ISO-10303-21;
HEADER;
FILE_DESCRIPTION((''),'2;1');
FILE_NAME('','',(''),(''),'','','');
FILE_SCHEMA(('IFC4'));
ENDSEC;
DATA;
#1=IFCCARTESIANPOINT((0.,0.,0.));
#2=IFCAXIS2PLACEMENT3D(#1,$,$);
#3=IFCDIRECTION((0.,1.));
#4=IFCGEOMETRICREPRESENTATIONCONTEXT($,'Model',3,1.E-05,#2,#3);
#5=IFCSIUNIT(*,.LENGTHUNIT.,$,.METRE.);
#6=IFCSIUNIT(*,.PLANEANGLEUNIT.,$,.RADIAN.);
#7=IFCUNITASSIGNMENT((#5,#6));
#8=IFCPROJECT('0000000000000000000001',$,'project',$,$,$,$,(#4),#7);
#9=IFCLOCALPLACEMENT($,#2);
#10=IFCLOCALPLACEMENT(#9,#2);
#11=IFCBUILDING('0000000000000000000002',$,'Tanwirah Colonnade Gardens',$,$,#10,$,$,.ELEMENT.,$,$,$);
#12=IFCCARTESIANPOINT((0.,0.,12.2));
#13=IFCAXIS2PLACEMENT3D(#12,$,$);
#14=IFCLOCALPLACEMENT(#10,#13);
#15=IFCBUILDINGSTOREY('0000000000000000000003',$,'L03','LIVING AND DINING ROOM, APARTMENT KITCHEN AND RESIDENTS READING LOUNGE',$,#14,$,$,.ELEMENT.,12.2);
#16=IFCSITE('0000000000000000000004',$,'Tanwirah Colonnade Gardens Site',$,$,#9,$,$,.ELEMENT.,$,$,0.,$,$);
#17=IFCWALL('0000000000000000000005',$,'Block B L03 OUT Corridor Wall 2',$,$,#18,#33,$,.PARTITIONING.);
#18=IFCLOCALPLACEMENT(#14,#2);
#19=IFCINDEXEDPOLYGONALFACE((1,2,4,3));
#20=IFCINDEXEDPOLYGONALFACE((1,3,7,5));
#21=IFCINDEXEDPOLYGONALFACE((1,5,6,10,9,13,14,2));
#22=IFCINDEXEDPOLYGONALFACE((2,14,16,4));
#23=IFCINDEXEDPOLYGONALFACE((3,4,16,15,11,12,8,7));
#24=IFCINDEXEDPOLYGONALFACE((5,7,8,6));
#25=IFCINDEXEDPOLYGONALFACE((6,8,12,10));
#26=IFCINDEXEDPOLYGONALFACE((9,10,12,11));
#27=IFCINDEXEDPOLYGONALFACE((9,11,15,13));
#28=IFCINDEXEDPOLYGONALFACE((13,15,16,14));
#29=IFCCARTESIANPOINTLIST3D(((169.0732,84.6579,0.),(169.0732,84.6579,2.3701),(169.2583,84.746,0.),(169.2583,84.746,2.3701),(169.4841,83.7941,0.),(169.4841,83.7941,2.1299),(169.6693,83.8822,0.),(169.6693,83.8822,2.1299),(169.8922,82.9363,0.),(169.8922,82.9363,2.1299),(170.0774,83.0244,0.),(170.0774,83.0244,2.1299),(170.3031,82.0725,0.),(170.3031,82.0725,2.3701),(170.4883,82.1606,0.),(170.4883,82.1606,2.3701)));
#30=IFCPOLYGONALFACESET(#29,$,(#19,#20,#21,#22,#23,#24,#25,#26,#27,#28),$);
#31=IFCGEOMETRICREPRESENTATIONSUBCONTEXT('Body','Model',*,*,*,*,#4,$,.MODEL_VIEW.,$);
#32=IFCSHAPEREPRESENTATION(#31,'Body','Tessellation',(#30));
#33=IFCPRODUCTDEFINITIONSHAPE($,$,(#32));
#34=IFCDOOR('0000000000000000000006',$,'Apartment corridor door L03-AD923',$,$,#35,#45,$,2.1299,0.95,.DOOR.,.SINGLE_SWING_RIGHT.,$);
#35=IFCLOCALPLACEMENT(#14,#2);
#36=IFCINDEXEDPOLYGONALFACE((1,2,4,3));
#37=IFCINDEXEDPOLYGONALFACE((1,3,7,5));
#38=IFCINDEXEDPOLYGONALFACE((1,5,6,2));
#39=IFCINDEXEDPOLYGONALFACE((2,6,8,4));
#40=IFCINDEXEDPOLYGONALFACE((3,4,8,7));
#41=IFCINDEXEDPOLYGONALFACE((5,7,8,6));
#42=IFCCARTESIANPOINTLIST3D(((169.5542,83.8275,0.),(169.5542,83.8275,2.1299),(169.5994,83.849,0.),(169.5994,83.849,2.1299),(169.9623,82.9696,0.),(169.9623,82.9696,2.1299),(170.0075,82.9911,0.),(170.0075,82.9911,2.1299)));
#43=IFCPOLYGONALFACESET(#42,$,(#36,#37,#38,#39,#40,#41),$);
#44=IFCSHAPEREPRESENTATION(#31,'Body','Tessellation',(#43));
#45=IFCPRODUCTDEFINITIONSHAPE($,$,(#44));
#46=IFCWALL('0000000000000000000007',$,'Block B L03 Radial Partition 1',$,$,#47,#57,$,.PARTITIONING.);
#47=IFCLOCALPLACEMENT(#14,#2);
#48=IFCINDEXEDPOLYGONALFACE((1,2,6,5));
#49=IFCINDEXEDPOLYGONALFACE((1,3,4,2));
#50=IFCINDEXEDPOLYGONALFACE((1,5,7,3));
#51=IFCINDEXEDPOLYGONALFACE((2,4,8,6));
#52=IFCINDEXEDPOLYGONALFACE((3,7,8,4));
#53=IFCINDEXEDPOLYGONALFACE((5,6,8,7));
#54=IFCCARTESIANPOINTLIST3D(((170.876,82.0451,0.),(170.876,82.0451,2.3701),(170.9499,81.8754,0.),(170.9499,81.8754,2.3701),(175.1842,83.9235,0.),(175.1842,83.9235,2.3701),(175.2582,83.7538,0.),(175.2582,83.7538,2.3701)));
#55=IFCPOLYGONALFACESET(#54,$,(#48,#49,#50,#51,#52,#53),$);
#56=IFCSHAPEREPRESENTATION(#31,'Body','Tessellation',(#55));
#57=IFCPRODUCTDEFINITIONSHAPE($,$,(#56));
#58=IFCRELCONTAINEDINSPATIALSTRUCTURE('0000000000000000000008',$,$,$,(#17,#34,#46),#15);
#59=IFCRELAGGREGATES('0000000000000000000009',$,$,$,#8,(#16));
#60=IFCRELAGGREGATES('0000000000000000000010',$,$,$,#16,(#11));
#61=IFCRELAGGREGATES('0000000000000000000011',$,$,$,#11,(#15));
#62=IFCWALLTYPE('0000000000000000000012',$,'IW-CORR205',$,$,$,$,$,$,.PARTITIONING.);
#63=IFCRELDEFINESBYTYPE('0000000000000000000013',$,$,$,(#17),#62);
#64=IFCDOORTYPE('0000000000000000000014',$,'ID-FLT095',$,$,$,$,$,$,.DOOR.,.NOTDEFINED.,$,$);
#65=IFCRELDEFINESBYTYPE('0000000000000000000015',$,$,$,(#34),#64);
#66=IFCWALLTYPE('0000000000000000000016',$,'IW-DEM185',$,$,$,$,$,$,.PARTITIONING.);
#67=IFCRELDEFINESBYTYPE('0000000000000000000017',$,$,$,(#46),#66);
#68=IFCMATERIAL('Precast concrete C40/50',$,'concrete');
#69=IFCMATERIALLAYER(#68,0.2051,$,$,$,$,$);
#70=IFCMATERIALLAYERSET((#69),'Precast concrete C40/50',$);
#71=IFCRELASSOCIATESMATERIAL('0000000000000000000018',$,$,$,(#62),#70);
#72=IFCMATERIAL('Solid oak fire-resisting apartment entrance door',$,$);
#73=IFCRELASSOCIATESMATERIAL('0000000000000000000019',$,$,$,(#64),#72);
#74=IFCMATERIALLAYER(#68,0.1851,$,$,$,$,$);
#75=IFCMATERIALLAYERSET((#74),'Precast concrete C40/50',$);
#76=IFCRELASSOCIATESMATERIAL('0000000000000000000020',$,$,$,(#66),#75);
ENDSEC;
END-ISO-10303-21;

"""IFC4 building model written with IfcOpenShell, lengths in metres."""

from ifc_helpers import new_model, si_unit, direction, frame, frame_2d, origin, place, context, subcontext, project, spatial, rectangle, extrude, material, layer, layer_set, type_object, element, fill, save


model = new_model("IFC4")

# Units and contexts
model_context = context("Model", 3, precision=1e-05, world=origin(), true_north=direction((0.0, 1.0)))
body_context = subcontext(model_context, "Body", "Model", "MODEL_VIEW")
ifc_project = project(units=[si_unit("LENGTHUNIT", "METRE"), si_unit("PLANEANGLEUNIT", "RADIAN")], contexts=[model_context])

# Site, building, storey
site_placement = place(None, origin())
site = spatial("IfcSite", under=ifc_project, at=site_placement, Name="Tanwirah Colonnade Gardens Site", CompositionType="ELEMENT", RefElevation=0.0)
building_placement = place(site_placement, origin())
building = spatial("IfcBuilding", under=site, at=building_placement, Name="Tanwirah Colonnade Gardens", CompositionType="ELEMENT")
storey_placement = place(building_placement, frame((0.0, 0.0, 12.2)))
storey = spatial("IfcBuildingStorey", under=building, at=storey_placement, Name="L03", Description="LIVING AND DINING ROOM, APARTMENT KITCHEN AND RESIDENTS READING LOUNGE", CompositionType="ELEMENT", Elevation=12.2)

# Shared definitions
ifc_material_1 = material(Name="Precast concrete C40/50", Category="concrete")

# Wall, opening, door
ifc_layer_1 = layer(ifc_material_1, 0.2051)
ifc_layer_set_1 = layer_set([ifc_layer_1], Name="Precast concrete C40/50")
wall_type_1 = type_object("IfcWallType", Name="IW-CORR205", PredefinedType="PARTITIONING", material=ifc_layer_set_1)
wall_1_placement = place(storey_placement, frame((170.3958, 82.1165, 0.0), z_axis=(0.0, 0.0, 1.0), x_axis=(-0.429596, 0.903021, 0.0)))
wall_1 = element("IfcWall", 1, at=wall_1_placement, inside=storey, type_object=wall_type_1, Name="Block B L03 OUT Corridor Wall 2", PredefinedType="PARTITIONING", context=body_context, shape_type="SweptSolid", body=[
    extrude(rectangle(XDim=2.863, YDim=0.2051, at=frame_2d((1.4316, 0.0))), origin(), (0.0, 0.0, 1.0), 2.3701),
])
opening_1_placement = place(wall_1_placement, frame((0.9565, 0.0, 0.0)))
opening_1 = element("IfcOpeningElement", 2, at=opening_1_placement, cuts=wall_1, PredefinedType="OPENING", context=body_context, shape_type="SweptSolid", body=[
    extrude(rectangle(XDim=0.95, YDim=2.1299, at=frame_2d((0.4751, 1.0649))), frame((0.0, 0.1125, 0.0), z_axis=(0.0, -1.0, 0.0), x_axis=(1.0, 0.0, 0.0)), (0.0, 0.0, 1.0), 0.2251),
])
ifc_material_2 = material(Name="Solid oak fire-resisting apartment entrance door")
door_type_1 = type_object("IfcDoorType", Name="ID-FLT095", OperationType="NOTDEFINED", PredefinedType="DOOR", material=ifc_material_2)
door_1_placement = place(opening_1_placement, origin())
door_1 = element("IfcDoor", 3, at=door_1_placement, inside=storey, type_object=door_type_1, Name="Apartment corridor door L03-AD923", OperationType="SINGLE_SWING_RIGHT", OverallHeight=2.1299, OverallWidth=0.95, PredefinedType="DOOR", context=body_context, shape_type="SweptSolid", body=[
    extrude(rectangle(XDim=0.95, YDim=2.1299, at=frame_2d((0.4751, 1.0649))), frame((0.0, 0.0249, 0.0), z_axis=(0.0, -1.0, 0.0), x_axis=(1.0, 0.0, 0.0)), (0.0, 0.0, 1.0), 0.05),
])
fill(opening_1, door_1)

# Wall
ifc_layer_2 = layer(ifc_material_1, 0.1851)
ifc_layer_set_2 = layer_set([ifc_layer_2], Name="Precast concrete C40/50")
wall_type_2 = type_object("IfcWallType", Name="IW-DEM185", PredefinedType="PARTITIONING", material=ifc_layer_set_2)
wall_2_placement = place(storey_placement, frame((170.9128, 81.9602, 0.0), z_axis=(0.0, 0.0, 1.0), x_axis=(0.916663, 0.39966, 0.0)))
element("IfcWall", 4, at=wall_2_placement, inside=storey, type_object=wall_type_2, Name="Block B L03 Radial Partition 1", PredefinedType="PARTITIONING", context=body_context, shape_type="SweptSolid", body=[
    extrude(rectangle(XDim=4.7, YDim=0.1851, at=frame_2d((2.3501, 0.0))), origin(), (0.0, 0.0, 1.0), 2.3701),
])

save(model, "model.ifc")
